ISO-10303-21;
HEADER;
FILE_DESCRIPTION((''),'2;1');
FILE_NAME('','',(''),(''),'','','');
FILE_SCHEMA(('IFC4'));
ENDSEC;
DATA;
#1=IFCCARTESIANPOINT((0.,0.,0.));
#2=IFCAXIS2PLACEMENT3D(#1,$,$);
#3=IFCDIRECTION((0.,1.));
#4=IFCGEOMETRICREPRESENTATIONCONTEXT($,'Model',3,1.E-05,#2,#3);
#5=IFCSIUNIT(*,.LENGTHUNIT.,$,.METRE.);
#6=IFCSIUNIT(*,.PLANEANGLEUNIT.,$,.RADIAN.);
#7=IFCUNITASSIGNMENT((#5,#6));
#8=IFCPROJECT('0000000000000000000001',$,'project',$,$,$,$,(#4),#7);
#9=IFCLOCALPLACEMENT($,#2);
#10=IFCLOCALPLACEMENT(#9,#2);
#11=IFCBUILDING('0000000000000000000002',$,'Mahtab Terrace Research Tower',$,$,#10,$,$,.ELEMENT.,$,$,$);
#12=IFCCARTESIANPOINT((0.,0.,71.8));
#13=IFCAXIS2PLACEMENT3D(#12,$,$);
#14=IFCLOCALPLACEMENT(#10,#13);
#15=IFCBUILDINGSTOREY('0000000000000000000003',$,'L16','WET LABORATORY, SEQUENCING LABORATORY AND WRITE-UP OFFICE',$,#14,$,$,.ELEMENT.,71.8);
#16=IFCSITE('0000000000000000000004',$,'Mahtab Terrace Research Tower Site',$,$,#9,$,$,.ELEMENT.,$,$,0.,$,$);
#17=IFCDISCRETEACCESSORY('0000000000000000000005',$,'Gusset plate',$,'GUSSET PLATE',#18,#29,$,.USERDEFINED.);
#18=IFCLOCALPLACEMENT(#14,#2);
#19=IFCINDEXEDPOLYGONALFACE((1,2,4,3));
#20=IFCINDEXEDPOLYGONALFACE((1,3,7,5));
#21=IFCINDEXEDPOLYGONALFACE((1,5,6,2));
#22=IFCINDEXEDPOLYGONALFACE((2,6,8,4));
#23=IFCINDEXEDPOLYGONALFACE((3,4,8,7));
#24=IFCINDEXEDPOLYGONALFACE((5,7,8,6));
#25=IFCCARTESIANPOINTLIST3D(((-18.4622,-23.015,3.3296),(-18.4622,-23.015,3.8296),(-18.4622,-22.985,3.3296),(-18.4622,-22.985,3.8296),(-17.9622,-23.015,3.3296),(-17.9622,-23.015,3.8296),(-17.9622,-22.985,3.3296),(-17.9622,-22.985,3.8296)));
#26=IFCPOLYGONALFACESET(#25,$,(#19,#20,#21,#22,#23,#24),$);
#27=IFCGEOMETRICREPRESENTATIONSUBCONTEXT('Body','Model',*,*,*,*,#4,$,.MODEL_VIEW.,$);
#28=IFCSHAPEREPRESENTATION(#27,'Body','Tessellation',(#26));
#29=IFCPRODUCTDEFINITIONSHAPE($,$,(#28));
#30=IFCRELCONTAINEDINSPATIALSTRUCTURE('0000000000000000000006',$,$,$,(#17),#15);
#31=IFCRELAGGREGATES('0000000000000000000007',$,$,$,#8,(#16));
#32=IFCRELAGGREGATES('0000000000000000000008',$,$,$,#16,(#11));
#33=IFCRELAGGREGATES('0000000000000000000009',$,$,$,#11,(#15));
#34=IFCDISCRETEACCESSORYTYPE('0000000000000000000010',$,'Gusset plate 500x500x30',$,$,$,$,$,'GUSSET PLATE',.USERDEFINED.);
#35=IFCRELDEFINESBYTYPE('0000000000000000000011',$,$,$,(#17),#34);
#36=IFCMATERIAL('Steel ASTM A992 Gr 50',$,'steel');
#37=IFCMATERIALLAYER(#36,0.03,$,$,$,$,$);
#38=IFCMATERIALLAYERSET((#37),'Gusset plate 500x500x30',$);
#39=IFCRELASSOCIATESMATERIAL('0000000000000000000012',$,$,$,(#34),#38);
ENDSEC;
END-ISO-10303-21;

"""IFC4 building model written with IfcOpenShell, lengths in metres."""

from ifc_helpers import new_model, si_unit, direction, frame, origin, origin_2d, place, context, subcontext, project, spatial, rectangle, extrude, material, layer, layer_set, type_object, element, save


model = new_model("IFC4")

# Units and contexts
model_context = context("Model", 3, precision=1e-05, world=origin(), true_north=direction((0.0, 1.0)))
body_context = subcontext(model_context, "Body", "Model", "MODEL_VIEW")
ifc_project = project(units=[si_unit("LENGTHUNIT", "METRE"), si_unit("PLANEANGLEUNIT", "RADIAN")], contexts=[model_context])

# Site, building, storey
site_placement = place(None, origin())
site = spatial("IfcSite", under=ifc_project, at=site_placement, Name="Mahtab Terrace Research Tower Site", CompositionType="ELEMENT", RefElevation=0.0)
building_placement = place(site_placement, origin())
building = spatial("IfcBuilding", under=site, at=building_placement, Name="Mahtab Terrace Research Tower", CompositionType="ELEMENT")
storey_placement = place(building_placement, frame((0.0, 0.0, 71.8)))
storey = spatial("IfcBuildingStorey", under=building, at=storey_placement, Name="L16", Description="WET LABORATORY, SEQUENCING LABORATORY AND WRITE-UP OFFICE", CompositionType="ELEMENT", Elevation=71.8)

# Shared definitions
ifc_material_1 = material(Name="Steel ASTM A992 Gr 50", Category="steel")

# Discrete accessory
ifc_layer_1 = layer(ifc_material_1, 0.03)
ifc_layer_set_1 = layer_set([ifc_layer_1], Name="Gusset plate 500x500x30")
discrete_accessory_type = type_object("IfcDiscreteAccessoryType", Name="Gusset plate 500x500x30", ElementType="GUSSET PLATE", PredefinedType="USERDEFINED", material=ifc_layer_set_1)
for number, where, z_axis, x_axis, name in (
    (1, (-18.2122, -23.0, 3.3296), (0.0, 0.0, 1.0), (1.0, 0.0, 0.0), "Gusset plate"),
):
    element("IfcDiscreteAccessory", number, at=place(storey_placement, frame(where, z_axis=z_axis, x_axis=x_axis)), inside=storey, type_object=discrete_accessory_type, Name=name, ObjectType="GUSSET PLATE", PredefinedType="USERDEFINED", context=body_context, shape_type="SweptSolid", body=[
        extrude(rectangle(XDim=0.5, YDim=0.03, at=origin_2d()), origin(), (0.0, 0.0, 1.0), 0.5),
    ])

save(model, "model.ifc")
